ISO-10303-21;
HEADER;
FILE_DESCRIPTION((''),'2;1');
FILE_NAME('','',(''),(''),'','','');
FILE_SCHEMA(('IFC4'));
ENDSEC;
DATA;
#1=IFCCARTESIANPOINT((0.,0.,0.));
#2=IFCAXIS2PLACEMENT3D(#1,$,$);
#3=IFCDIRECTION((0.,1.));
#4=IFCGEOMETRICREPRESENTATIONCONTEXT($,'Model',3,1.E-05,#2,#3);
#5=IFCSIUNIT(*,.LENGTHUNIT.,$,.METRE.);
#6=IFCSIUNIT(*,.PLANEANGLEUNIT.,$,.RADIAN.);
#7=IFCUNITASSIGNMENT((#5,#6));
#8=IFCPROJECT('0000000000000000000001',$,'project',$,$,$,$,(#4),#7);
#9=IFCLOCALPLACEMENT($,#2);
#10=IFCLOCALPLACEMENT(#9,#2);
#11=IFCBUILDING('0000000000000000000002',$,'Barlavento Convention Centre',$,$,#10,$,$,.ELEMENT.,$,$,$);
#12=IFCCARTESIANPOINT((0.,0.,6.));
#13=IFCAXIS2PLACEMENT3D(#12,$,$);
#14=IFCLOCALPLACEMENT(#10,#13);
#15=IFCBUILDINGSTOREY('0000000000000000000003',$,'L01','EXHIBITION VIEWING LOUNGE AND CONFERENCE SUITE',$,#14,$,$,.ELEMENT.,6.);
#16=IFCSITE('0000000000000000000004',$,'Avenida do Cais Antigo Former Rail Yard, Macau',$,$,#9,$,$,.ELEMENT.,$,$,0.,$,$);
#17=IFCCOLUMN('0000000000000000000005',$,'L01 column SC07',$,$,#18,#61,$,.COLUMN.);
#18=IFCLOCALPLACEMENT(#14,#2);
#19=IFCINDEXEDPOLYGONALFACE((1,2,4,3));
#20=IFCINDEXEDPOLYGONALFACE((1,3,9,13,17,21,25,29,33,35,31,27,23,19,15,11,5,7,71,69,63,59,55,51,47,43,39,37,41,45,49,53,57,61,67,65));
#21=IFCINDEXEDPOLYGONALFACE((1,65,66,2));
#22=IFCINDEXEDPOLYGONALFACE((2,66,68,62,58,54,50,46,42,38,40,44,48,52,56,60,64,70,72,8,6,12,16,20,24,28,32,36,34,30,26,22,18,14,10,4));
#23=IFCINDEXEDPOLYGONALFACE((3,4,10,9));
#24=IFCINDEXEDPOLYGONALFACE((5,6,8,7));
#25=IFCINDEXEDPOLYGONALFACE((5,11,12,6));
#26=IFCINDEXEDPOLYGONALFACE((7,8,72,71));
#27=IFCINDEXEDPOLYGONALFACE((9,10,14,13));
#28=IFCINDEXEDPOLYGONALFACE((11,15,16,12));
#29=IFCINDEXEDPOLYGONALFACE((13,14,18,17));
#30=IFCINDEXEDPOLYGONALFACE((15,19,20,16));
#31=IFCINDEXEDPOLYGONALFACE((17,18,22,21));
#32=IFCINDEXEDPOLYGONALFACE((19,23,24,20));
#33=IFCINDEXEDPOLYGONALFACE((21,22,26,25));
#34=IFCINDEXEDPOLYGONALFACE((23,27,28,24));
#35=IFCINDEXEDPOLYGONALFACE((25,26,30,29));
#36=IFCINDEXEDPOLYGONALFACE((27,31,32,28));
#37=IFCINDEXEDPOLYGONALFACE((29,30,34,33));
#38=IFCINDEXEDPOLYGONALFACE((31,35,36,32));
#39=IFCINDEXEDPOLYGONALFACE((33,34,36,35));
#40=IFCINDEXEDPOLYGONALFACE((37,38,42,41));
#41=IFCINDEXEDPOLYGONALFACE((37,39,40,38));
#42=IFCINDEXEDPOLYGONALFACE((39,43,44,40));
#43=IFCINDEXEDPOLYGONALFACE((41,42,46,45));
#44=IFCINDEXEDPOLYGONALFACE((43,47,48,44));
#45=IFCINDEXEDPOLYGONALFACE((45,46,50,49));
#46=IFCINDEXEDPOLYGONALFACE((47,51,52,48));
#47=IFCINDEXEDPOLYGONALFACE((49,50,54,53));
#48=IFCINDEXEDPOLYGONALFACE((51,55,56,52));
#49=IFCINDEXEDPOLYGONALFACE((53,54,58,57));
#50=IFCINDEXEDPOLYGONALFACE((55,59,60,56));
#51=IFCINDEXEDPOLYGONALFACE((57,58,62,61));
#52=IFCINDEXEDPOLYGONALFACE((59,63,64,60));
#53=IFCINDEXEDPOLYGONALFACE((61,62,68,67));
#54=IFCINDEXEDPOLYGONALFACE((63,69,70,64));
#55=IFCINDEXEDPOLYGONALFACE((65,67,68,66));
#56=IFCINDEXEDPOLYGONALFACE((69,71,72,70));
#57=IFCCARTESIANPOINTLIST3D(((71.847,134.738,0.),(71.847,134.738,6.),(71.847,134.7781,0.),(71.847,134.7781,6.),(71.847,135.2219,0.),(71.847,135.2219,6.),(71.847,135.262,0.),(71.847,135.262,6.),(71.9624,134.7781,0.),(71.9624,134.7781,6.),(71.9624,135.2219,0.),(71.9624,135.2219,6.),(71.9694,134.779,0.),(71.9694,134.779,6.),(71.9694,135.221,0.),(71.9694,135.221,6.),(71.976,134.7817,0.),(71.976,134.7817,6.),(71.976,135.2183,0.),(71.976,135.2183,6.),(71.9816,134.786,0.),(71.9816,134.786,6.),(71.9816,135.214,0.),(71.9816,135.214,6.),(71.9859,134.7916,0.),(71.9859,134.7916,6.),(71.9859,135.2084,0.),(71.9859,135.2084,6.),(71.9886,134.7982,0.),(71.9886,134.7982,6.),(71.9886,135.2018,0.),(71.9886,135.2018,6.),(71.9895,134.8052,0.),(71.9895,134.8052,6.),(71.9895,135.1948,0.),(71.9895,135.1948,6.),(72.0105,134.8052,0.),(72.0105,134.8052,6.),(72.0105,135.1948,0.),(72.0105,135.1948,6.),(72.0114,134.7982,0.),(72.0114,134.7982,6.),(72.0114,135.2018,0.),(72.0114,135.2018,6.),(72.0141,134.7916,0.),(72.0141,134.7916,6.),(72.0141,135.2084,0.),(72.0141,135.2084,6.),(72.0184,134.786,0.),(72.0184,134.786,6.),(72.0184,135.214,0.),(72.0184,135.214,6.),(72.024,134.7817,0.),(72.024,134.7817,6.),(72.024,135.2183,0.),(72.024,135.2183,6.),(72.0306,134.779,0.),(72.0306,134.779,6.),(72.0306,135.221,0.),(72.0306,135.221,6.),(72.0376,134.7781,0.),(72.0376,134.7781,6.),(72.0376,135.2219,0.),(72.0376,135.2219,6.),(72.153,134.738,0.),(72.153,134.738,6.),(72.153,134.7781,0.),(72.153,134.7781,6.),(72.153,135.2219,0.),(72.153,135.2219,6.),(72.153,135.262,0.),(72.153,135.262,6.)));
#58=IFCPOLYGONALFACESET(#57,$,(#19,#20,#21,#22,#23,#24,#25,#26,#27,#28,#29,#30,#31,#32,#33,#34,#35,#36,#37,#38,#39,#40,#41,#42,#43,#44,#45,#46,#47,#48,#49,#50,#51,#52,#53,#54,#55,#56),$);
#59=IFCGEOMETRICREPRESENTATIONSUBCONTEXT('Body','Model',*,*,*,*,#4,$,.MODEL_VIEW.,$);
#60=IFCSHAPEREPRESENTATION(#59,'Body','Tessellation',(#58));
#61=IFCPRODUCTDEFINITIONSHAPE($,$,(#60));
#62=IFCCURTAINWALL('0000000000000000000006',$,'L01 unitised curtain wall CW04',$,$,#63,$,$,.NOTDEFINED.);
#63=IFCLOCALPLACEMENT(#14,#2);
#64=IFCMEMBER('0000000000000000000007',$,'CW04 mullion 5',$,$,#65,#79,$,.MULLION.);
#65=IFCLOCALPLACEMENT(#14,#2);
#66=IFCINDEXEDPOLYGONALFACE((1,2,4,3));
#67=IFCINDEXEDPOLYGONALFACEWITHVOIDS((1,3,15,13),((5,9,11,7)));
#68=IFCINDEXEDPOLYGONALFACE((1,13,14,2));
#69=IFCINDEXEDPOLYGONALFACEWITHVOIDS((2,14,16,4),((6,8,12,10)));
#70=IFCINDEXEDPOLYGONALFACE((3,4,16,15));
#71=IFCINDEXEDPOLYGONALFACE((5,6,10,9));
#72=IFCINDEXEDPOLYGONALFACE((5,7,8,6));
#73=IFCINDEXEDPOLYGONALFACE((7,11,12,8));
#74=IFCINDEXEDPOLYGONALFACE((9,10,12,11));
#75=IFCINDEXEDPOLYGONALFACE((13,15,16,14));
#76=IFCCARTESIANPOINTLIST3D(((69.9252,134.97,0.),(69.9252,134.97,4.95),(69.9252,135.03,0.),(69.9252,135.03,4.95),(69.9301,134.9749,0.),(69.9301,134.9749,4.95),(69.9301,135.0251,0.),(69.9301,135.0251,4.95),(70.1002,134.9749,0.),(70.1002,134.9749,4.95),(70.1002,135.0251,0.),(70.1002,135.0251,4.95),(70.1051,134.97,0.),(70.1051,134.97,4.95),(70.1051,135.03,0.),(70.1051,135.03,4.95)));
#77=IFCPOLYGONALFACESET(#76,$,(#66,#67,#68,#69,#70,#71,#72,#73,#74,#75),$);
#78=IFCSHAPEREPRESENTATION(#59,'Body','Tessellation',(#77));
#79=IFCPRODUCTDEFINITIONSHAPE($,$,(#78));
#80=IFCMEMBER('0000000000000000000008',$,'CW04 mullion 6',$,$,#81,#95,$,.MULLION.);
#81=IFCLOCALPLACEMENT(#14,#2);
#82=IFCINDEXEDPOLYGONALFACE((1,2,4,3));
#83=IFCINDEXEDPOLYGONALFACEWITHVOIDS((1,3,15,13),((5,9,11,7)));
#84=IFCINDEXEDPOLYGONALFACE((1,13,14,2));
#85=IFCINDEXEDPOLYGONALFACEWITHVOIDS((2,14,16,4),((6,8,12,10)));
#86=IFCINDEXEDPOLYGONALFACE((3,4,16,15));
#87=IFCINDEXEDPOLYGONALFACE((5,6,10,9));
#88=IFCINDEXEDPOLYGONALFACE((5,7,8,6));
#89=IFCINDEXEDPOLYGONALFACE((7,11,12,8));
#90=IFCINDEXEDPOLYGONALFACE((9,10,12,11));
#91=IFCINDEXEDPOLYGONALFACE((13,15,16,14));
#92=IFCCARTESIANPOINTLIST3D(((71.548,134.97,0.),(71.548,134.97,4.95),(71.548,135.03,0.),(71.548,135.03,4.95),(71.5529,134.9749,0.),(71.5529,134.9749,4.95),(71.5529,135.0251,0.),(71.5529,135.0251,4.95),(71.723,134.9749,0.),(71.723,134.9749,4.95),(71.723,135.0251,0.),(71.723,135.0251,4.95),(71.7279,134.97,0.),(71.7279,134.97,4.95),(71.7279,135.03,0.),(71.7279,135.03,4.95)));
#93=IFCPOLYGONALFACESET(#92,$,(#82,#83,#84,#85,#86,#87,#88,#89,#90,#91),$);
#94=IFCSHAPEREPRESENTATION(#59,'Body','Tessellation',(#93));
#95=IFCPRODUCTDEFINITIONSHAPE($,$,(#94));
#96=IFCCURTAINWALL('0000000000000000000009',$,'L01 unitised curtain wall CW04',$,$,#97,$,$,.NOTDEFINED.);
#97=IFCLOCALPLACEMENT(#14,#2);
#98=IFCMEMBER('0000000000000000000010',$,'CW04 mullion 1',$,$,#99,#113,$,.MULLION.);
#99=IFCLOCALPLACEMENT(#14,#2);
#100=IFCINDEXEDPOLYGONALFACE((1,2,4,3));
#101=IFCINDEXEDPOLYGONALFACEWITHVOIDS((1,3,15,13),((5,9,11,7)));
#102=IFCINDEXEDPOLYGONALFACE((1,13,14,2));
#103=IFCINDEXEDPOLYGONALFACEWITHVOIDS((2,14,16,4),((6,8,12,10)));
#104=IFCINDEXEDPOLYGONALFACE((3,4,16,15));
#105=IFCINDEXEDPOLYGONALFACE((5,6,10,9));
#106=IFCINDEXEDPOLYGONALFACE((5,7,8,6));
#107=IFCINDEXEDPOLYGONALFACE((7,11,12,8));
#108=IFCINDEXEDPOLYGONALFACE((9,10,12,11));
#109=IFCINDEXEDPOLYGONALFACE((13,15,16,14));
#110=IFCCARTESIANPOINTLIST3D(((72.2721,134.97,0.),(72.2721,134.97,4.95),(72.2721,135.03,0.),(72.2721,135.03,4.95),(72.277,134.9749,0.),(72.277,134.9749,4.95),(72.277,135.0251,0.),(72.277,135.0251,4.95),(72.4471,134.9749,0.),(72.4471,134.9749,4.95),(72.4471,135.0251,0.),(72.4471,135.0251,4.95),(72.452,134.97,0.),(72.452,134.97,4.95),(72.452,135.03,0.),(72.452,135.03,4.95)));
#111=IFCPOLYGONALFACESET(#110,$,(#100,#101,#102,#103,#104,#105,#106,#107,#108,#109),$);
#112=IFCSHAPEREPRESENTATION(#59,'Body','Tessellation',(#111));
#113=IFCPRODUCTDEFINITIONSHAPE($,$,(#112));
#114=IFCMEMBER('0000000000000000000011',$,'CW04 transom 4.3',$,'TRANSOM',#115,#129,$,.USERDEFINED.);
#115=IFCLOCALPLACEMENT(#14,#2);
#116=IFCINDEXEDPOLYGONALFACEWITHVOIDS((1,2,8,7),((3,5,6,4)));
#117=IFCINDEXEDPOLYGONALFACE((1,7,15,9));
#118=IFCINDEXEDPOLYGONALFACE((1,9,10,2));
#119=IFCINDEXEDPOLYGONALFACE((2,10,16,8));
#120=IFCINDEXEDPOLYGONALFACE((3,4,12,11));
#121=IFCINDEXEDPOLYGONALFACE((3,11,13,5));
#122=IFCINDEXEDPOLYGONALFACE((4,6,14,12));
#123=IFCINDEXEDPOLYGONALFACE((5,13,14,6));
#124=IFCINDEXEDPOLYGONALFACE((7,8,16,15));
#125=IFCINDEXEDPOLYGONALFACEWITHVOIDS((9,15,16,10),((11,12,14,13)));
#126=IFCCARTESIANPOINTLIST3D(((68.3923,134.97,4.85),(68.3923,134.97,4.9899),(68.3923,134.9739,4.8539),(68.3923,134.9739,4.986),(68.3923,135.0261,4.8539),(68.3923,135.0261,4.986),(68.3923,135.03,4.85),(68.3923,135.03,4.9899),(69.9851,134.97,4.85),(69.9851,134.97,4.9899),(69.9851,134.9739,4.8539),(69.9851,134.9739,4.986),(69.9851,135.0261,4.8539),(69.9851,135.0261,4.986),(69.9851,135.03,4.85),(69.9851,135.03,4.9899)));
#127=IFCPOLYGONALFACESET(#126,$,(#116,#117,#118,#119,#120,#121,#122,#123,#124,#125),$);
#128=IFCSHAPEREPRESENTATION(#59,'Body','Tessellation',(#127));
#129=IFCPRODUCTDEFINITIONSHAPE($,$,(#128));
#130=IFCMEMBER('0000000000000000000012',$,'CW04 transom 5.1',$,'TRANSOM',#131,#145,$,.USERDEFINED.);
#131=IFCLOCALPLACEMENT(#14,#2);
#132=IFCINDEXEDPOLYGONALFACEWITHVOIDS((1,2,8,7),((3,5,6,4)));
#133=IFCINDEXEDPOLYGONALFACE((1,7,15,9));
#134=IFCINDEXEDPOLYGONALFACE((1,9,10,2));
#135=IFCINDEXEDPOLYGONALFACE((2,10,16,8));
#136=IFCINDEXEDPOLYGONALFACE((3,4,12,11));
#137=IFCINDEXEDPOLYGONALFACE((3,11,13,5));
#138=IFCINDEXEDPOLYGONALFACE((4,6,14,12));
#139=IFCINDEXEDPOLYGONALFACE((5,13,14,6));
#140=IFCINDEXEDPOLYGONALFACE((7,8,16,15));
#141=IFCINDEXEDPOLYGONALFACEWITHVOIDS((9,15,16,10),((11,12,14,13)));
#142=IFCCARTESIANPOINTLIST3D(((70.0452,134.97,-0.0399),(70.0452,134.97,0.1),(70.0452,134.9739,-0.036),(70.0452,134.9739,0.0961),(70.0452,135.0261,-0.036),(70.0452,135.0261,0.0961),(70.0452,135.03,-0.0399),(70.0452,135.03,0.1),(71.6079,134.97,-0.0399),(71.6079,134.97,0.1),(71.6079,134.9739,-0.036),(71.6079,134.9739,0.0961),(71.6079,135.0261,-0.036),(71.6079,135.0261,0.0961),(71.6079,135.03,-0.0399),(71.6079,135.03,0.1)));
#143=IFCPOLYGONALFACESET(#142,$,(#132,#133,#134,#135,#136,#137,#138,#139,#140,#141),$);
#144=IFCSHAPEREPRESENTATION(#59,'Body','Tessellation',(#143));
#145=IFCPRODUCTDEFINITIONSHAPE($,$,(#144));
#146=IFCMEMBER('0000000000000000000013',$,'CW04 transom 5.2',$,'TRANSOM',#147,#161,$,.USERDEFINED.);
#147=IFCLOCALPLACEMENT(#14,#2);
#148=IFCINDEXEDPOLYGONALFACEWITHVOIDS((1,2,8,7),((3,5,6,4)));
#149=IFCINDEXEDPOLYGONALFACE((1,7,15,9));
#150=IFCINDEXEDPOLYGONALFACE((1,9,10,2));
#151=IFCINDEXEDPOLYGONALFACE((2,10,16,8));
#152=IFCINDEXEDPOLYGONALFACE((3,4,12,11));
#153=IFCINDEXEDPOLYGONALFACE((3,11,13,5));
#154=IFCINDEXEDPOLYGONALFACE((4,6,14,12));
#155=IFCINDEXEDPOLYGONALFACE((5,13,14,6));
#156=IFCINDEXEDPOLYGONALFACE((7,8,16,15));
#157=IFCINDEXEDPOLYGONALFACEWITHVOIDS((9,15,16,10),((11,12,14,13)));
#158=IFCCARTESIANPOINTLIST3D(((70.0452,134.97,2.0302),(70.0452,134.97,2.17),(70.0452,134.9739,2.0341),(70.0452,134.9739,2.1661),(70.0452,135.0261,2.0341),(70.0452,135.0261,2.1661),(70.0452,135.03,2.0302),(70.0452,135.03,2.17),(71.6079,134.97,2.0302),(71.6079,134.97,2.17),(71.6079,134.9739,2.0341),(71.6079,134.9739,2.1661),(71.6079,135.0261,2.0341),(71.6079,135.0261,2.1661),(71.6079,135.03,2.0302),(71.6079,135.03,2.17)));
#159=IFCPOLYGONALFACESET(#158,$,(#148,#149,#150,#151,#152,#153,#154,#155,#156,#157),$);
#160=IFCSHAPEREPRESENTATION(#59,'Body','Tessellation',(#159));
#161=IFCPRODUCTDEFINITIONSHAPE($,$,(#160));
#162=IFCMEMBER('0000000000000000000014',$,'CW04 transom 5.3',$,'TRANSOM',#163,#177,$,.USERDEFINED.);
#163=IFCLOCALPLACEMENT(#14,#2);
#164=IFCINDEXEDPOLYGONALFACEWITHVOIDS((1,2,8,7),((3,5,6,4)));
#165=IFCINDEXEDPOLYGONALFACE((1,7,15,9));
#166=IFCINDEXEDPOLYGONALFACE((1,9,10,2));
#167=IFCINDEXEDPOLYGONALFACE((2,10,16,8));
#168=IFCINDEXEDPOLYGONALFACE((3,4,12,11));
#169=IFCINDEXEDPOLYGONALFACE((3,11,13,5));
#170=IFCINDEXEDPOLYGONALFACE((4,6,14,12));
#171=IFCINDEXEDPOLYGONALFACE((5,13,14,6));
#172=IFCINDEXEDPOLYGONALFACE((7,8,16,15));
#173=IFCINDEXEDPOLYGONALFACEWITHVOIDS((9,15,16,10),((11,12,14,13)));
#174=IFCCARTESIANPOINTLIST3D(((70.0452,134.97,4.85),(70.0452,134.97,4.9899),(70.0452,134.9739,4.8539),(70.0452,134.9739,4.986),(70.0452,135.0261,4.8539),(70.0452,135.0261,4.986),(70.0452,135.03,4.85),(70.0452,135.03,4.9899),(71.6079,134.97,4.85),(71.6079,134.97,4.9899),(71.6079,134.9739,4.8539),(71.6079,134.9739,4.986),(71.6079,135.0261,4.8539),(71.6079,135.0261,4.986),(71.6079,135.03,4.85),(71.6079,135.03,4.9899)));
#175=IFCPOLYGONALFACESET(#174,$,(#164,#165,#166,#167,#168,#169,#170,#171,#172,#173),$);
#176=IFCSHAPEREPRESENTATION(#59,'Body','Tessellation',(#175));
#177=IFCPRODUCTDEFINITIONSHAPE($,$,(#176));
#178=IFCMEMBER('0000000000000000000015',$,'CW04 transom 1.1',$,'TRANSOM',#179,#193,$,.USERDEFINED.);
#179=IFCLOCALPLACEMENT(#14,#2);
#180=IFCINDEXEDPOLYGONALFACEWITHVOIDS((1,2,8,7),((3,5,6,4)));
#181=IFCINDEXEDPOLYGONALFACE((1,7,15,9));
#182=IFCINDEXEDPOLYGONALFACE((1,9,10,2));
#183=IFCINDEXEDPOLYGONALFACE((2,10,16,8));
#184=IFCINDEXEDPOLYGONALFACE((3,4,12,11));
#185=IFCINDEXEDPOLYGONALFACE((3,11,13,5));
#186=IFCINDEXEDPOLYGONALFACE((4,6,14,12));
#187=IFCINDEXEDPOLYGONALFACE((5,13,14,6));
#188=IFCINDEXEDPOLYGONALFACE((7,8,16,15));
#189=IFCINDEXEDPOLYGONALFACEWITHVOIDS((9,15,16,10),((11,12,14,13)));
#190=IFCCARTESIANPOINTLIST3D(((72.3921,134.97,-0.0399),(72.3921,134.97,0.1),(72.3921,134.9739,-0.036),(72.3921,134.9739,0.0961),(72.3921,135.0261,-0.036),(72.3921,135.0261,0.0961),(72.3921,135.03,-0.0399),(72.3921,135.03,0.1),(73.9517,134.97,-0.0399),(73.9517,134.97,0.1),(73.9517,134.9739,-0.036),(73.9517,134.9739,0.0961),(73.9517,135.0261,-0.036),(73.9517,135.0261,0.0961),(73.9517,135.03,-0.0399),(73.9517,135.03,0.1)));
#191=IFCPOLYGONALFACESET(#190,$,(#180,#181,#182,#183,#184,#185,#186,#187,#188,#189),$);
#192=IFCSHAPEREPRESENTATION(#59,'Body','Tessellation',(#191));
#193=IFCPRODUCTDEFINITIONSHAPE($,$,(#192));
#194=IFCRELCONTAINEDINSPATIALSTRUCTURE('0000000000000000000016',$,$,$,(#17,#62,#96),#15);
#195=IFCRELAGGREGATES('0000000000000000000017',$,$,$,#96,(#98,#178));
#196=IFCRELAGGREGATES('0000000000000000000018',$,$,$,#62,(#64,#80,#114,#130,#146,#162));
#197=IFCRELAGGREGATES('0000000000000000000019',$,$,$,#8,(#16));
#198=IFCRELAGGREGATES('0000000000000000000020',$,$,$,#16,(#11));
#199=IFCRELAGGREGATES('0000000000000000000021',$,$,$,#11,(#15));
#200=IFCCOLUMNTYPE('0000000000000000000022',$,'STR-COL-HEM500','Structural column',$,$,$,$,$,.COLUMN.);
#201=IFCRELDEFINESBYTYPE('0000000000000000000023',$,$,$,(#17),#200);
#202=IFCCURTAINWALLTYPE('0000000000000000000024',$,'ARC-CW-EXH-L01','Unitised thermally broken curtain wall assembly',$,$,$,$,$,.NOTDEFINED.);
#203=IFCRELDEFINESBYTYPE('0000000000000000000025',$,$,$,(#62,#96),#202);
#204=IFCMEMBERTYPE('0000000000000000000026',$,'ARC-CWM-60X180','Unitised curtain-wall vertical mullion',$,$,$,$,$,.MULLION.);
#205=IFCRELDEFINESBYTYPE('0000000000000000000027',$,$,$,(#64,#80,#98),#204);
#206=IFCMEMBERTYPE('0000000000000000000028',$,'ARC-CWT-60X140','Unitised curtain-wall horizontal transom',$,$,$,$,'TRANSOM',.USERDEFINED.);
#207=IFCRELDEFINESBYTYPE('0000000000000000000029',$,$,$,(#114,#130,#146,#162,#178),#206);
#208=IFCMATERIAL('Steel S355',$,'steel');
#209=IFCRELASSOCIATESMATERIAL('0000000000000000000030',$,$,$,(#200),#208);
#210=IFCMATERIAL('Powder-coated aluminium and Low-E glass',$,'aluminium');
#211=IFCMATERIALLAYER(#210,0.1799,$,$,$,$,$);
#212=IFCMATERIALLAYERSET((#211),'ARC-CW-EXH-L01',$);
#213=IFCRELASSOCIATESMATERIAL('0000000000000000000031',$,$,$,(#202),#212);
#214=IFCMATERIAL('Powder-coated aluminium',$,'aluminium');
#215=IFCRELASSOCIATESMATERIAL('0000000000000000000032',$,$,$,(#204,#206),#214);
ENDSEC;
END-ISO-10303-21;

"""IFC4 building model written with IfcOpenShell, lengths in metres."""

from ifc_helpers import new_model, si_unit, direction, frame, origin, origin_2d, place, context, subcontext, project, spatial, hollow_rectangle, i_section, extrude, material, layer, layer_set, material_profile, profile_set, type_object, element, aggregate, save


model = new_model("IFC4")

# Units and contexts
model_context = context("Model", 3, precision=1e-05, world=origin(), true_north=direction((0.0, 1.0)))
body_context = subcontext(model_context, "Body", "Model", "MODEL_VIEW")
ifc_project = project(units=[si_unit("LENGTHUNIT", "METRE"), si_unit("PLANEANGLEUNIT", "RADIAN")], contexts=[model_context])

# Site, building, storey
site_placement = place(None, origin())
site = spatial("IfcSite", under=ifc_project, at=site_placement, Name="Avenida do Cais Antigo Former Rail Yard, Macau", CompositionType="ELEMENT", RefElevation=0.0)
building_placement = place(site_placement, origin())
building = spatial("IfcBuilding", under=site, at=building_placement, Name="Barlavento Convention Centre", CompositionType="ELEMENT")
storey_placement = place(building_placement, frame((0.0, 0.0, 6.0)))
storey = spatial("IfcBuildingStorey", under=building, at=storey_placement, Name="L01", Description="EXHIBITION VIEWING LOUNGE AND CONFERENCE SUITE", CompositionType="ELEMENT", Elevation=6.0)

# Column
ifc_material_1 = material(Name="Steel S355", Category="steel")
ifc_material_profile_1 = material_profile(ifc_material_1, i_section(OverallWidth=0.3059, OverallDepth=0.5239, WebThickness=0.021, FlangeThickness=0.04, FilletRadius=0.0271, at=origin_2d()), Name="HEM 500")
ifc_profile_set_1 = profile_set([ifc_material_profile_1], Name="Steel S355")
column_type = type_object("IfcColumnType", Name="STR-COL-HEM500", Description="Structural column", PredefinedType="COLUMN", material=ifc_profile_set_1)
column_placement = place(storey_placement, frame((72.0, 135.0, 0.0), z_axis=(0.0, 0.0, 1.0), x_axis=(1.0, 0.0, 0.0)))
element("IfcColumn", 1, at=column_placement, inside=storey, type_object=column_type, Name="L01 column SC07", PredefinedType="COLUMN", context=body_context, shape_type="SweptSolid", body=[
    extrude(i_section(OverallWidth=0.3059, OverallDepth=0.5239, WebThickness=0.021, FlangeThickness=0.04, FilletRadius=0.0271, at=origin_2d()), origin(), (0.0, 0.0, 1.0), 6.0),
])

# Curtain wall, members
ifc_material_2 = material(Name="Powder-coated aluminium and Low-E glass", Category="aluminium")
ifc_layer_1 = layer(ifc_material_2, 0.1799)
ifc_layer_set_1 = layer_set([ifc_layer_1], Name="ARC-CW-EXH-L01")
curtain_wall_type = type_object("IfcCurtainWallType", Name="ARC-CW-EXH-L01", Description="Unitised thermally broken curtain wall assembly", PredefinedType="NOTDEFINED", material=ifc_layer_set_1)
curtain_wall_1_placement = place(storey_placement, origin())
curtain_wall_1 = element("IfcCurtainWall", 2, at=curtain_wall_1_placement, inside=storey, type_object=curtain_wall_type, Name="L01 unitised curtain wall CW04", PredefinedType="NOTDEFINED")
ifc_material_3 = material(Name="Powder-coated aluminium", Category="aluminium")
ifc_material_profile_2 = material_profile(ifc_material_3, hollow_rectangle(XDim=0.0601, YDim=0.1799, WallThickness=0.0049, at=origin_2d()), Name="AL-MULL 60x180x5")
ifc_profile_set_2 = profile_set([ifc_material_profile_2], Name="Powder-coated aluminium")
member_type_1 = type_object("IfcMemberType", Name="ARC-CWM-60X180", Description="Unitised curtain-wall vertical mullion", PredefinedType="MULLION", material=ifc_profile_set_2)
member_1_placement = place(storey_placement, frame((70.0151, 135.0, 0.0), z_axis=(0.0, 0.0, 1.0), x_axis=(0.0, 1.0, 0.0)))
member_1 = element("IfcMember", 3, at=member_1_placement, type_object=member_type_1, Name="CW04 mullion 5", PredefinedType="MULLION", context=body_context, shape_type="SweptSolid", body=[
    extrude(hollow_rectangle(XDim=0.0601, YDim=0.1799, WallThickness=0.0049, at=origin_2d()), origin(), (0.0, 0.0, 1.0), 4.95),
])
member_2_placement = place(storey_placement, frame((71.6379, 135.0, 0.0), z_axis=(0.0, 0.0, 1.0), x_axis=(0.0, 1.0, 0.0)))
member_2 = element("IfcMember", 4, at=member_2_placement, type_object=member_type_1, Name="CW04 mullion 6", PredefinedType="MULLION", context=body_context, shape_type="SweptSolid", body=[
    extrude(hollow_rectangle(XDim=0.0601, YDim=0.1799, WallThickness=0.0049, at=origin_2d()), origin(), (0.0, 0.0, 1.0), 4.95),
])

# Curtain wall, member
curtain_wall_2_placement = place(storey_placement, origin())
curtain_wall_2 = element("IfcCurtainWall", 5, at=curtain_wall_2_placement, inside=storey, type_object=curtain_wall_type, Name="L01 unitised curtain wall CW04", PredefinedType="NOTDEFINED")
member_3_placement = place(storey_placement, frame((72.3621, 135.0, 0.0), z_axis=(0.0, 0.0, 1.0), x_axis=(0.0, 1.0, 0.0)))
member_3 = element("IfcMember", 6, at=member_3_placement, type_object=member_type_1, Name="CW04 mullion 1", PredefinedType="MULLION", context=body_context, shape_type="SweptSolid", body=[
    extrude(hollow_rectangle(XDim=0.0601, YDim=0.1799, WallThickness=0.0049, at=origin_2d()), origin(), (0.0, 0.0, 1.0), 4.95),
])

# Members
ifc_material_profile_3 = material_profile(ifc_material_3, hollow_rectangle(XDim=0.0601, YDim=0.1399, WallThickness=0.0039, at=origin_2d()), Name="AL-TRAN 60x140x4")
ifc_profile_set_3 = profile_set([ifc_material_profile_3], Name="Powder-coated aluminium")
member_type_2 = type_object("IfcMemberType", Name="ARC-CWT-60X140", Description="Unitised curtain-wall horizontal transom", ElementType="TRANSOM", PredefinedType="USERDEFINED", material=ifc_profile_set_3)
member_4_placement = place(storey_placement, frame((68.3923, 135.0, 4.9199), z_axis=(1.0, 0.0, 0.0), x_axis=(0.0, 1.0, 0.0)))
member_4 = element("IfcMember", 7, at=member_4_placement, type_object=member_type_2, Name="CW04 transom 4.3", ObjectType="TRANSOM", PredefinedType="USERDEFINED", context=body_context, shape_type="SweptSolid", body=[
    extrude(hollow_rectangle(XDim=0.0601, YDim=0.1399, WallThickness=0.0039, at=origin_2d()), origin(), (0.0, 0.0, 1.0), 1.5928),
])
member_5_placement = place(storey_placement, frame((70.0452, 135.0, 0.03), z_axis=(1.0, 0.0, 0.0), x_axis=(0.0, 1.0, 0.0)))
member_5 = element("IfcMember", 8, at=member_5_placement, type_object=member_type_2, Name="CW04 transom 5.1", ObjectType="TRANSOM", PredefinedType="USERDEFINED", context=body_context, shape_type="SweptSolid", body=[
    extrude(hollow_rectangle(XDim=0.0601, YDim=0.1399, WallThickness=0.0039, at=origin_2d()), origin(), (0.0, 0.0, 1.0), 1.5627),
])
member_6_placement = place(storey_placement, frame((70.0452, 135.0, 2.1001), z_axis=(1.0, 0.0, 0.0), x_axis=(0.0, 1.0, 0.0)))
member_6 = element("IfcMember", 9, at=member_6_placement, type_object=member_type_2, Name="CW04 transom 5.2", ObjectType="TRANSOM", PredefinedType="USERDEFINED", context=body_context, shape_type="SweptSolid", body=[
    extrude(hollow_rectangle(XDim=0.0601, YDim=0.1399, WallThickness=0.0039, at=origin_2d()), origin(), (0.0, 0.0, 1.0), 1.5627),
])
member_7_placement = place(storey_placement, frame((70.0452, 135.0, 4.9199), z_axis=(1.0, 0.0, 0.0), x_axis=(0.0, 1.0, 0.0)))
member_7 = element("IfcMember", 10, at=member_7_placement, type_object=member_type_2, Name="CW04 transom 5.3", ObjectType="TRANSOM", PredefinedType="USERDEFINED", context=body_context, shape_type="SweptSolid", body=[
    extrude(hollow_rectangle(XDim=0.0601, YDim=0.1399, WallThickness=0.0039, at=origin_2d()), origin(), (0.0, 0.0, 1.0), 1.5627),
])
member_8_placement = place(storey_placement, frame((72.3921, 135.0, 0.03), z_axis=(1.0, 0.0, 0.0), x_axis=(0.0, 1.0, 0.0)))
member_8 = element("IfcMember", 11, at=member_8_placement, type_object=member_type_2, Name="CW04 transom 1.1", ObjectType="TRANSOM", PredefinedType="USERDEFINED", context=body_context, shape_type="SweptSolid", body=[
    extrude(hollow_rectangle(XDim=0.0601, YDim=0.1399, WallThickness=0.0039, at=origin_2d()), origin(), (0.0, 0.0, 1.0), 1.5596),
])
aggregate(curtain_wall_2, [member_3, member_8])

aggregate(curtain_wall_1, [member_1, member_2, member_4, member_5, member_6, member_7])

save(model, "model.ifc")
